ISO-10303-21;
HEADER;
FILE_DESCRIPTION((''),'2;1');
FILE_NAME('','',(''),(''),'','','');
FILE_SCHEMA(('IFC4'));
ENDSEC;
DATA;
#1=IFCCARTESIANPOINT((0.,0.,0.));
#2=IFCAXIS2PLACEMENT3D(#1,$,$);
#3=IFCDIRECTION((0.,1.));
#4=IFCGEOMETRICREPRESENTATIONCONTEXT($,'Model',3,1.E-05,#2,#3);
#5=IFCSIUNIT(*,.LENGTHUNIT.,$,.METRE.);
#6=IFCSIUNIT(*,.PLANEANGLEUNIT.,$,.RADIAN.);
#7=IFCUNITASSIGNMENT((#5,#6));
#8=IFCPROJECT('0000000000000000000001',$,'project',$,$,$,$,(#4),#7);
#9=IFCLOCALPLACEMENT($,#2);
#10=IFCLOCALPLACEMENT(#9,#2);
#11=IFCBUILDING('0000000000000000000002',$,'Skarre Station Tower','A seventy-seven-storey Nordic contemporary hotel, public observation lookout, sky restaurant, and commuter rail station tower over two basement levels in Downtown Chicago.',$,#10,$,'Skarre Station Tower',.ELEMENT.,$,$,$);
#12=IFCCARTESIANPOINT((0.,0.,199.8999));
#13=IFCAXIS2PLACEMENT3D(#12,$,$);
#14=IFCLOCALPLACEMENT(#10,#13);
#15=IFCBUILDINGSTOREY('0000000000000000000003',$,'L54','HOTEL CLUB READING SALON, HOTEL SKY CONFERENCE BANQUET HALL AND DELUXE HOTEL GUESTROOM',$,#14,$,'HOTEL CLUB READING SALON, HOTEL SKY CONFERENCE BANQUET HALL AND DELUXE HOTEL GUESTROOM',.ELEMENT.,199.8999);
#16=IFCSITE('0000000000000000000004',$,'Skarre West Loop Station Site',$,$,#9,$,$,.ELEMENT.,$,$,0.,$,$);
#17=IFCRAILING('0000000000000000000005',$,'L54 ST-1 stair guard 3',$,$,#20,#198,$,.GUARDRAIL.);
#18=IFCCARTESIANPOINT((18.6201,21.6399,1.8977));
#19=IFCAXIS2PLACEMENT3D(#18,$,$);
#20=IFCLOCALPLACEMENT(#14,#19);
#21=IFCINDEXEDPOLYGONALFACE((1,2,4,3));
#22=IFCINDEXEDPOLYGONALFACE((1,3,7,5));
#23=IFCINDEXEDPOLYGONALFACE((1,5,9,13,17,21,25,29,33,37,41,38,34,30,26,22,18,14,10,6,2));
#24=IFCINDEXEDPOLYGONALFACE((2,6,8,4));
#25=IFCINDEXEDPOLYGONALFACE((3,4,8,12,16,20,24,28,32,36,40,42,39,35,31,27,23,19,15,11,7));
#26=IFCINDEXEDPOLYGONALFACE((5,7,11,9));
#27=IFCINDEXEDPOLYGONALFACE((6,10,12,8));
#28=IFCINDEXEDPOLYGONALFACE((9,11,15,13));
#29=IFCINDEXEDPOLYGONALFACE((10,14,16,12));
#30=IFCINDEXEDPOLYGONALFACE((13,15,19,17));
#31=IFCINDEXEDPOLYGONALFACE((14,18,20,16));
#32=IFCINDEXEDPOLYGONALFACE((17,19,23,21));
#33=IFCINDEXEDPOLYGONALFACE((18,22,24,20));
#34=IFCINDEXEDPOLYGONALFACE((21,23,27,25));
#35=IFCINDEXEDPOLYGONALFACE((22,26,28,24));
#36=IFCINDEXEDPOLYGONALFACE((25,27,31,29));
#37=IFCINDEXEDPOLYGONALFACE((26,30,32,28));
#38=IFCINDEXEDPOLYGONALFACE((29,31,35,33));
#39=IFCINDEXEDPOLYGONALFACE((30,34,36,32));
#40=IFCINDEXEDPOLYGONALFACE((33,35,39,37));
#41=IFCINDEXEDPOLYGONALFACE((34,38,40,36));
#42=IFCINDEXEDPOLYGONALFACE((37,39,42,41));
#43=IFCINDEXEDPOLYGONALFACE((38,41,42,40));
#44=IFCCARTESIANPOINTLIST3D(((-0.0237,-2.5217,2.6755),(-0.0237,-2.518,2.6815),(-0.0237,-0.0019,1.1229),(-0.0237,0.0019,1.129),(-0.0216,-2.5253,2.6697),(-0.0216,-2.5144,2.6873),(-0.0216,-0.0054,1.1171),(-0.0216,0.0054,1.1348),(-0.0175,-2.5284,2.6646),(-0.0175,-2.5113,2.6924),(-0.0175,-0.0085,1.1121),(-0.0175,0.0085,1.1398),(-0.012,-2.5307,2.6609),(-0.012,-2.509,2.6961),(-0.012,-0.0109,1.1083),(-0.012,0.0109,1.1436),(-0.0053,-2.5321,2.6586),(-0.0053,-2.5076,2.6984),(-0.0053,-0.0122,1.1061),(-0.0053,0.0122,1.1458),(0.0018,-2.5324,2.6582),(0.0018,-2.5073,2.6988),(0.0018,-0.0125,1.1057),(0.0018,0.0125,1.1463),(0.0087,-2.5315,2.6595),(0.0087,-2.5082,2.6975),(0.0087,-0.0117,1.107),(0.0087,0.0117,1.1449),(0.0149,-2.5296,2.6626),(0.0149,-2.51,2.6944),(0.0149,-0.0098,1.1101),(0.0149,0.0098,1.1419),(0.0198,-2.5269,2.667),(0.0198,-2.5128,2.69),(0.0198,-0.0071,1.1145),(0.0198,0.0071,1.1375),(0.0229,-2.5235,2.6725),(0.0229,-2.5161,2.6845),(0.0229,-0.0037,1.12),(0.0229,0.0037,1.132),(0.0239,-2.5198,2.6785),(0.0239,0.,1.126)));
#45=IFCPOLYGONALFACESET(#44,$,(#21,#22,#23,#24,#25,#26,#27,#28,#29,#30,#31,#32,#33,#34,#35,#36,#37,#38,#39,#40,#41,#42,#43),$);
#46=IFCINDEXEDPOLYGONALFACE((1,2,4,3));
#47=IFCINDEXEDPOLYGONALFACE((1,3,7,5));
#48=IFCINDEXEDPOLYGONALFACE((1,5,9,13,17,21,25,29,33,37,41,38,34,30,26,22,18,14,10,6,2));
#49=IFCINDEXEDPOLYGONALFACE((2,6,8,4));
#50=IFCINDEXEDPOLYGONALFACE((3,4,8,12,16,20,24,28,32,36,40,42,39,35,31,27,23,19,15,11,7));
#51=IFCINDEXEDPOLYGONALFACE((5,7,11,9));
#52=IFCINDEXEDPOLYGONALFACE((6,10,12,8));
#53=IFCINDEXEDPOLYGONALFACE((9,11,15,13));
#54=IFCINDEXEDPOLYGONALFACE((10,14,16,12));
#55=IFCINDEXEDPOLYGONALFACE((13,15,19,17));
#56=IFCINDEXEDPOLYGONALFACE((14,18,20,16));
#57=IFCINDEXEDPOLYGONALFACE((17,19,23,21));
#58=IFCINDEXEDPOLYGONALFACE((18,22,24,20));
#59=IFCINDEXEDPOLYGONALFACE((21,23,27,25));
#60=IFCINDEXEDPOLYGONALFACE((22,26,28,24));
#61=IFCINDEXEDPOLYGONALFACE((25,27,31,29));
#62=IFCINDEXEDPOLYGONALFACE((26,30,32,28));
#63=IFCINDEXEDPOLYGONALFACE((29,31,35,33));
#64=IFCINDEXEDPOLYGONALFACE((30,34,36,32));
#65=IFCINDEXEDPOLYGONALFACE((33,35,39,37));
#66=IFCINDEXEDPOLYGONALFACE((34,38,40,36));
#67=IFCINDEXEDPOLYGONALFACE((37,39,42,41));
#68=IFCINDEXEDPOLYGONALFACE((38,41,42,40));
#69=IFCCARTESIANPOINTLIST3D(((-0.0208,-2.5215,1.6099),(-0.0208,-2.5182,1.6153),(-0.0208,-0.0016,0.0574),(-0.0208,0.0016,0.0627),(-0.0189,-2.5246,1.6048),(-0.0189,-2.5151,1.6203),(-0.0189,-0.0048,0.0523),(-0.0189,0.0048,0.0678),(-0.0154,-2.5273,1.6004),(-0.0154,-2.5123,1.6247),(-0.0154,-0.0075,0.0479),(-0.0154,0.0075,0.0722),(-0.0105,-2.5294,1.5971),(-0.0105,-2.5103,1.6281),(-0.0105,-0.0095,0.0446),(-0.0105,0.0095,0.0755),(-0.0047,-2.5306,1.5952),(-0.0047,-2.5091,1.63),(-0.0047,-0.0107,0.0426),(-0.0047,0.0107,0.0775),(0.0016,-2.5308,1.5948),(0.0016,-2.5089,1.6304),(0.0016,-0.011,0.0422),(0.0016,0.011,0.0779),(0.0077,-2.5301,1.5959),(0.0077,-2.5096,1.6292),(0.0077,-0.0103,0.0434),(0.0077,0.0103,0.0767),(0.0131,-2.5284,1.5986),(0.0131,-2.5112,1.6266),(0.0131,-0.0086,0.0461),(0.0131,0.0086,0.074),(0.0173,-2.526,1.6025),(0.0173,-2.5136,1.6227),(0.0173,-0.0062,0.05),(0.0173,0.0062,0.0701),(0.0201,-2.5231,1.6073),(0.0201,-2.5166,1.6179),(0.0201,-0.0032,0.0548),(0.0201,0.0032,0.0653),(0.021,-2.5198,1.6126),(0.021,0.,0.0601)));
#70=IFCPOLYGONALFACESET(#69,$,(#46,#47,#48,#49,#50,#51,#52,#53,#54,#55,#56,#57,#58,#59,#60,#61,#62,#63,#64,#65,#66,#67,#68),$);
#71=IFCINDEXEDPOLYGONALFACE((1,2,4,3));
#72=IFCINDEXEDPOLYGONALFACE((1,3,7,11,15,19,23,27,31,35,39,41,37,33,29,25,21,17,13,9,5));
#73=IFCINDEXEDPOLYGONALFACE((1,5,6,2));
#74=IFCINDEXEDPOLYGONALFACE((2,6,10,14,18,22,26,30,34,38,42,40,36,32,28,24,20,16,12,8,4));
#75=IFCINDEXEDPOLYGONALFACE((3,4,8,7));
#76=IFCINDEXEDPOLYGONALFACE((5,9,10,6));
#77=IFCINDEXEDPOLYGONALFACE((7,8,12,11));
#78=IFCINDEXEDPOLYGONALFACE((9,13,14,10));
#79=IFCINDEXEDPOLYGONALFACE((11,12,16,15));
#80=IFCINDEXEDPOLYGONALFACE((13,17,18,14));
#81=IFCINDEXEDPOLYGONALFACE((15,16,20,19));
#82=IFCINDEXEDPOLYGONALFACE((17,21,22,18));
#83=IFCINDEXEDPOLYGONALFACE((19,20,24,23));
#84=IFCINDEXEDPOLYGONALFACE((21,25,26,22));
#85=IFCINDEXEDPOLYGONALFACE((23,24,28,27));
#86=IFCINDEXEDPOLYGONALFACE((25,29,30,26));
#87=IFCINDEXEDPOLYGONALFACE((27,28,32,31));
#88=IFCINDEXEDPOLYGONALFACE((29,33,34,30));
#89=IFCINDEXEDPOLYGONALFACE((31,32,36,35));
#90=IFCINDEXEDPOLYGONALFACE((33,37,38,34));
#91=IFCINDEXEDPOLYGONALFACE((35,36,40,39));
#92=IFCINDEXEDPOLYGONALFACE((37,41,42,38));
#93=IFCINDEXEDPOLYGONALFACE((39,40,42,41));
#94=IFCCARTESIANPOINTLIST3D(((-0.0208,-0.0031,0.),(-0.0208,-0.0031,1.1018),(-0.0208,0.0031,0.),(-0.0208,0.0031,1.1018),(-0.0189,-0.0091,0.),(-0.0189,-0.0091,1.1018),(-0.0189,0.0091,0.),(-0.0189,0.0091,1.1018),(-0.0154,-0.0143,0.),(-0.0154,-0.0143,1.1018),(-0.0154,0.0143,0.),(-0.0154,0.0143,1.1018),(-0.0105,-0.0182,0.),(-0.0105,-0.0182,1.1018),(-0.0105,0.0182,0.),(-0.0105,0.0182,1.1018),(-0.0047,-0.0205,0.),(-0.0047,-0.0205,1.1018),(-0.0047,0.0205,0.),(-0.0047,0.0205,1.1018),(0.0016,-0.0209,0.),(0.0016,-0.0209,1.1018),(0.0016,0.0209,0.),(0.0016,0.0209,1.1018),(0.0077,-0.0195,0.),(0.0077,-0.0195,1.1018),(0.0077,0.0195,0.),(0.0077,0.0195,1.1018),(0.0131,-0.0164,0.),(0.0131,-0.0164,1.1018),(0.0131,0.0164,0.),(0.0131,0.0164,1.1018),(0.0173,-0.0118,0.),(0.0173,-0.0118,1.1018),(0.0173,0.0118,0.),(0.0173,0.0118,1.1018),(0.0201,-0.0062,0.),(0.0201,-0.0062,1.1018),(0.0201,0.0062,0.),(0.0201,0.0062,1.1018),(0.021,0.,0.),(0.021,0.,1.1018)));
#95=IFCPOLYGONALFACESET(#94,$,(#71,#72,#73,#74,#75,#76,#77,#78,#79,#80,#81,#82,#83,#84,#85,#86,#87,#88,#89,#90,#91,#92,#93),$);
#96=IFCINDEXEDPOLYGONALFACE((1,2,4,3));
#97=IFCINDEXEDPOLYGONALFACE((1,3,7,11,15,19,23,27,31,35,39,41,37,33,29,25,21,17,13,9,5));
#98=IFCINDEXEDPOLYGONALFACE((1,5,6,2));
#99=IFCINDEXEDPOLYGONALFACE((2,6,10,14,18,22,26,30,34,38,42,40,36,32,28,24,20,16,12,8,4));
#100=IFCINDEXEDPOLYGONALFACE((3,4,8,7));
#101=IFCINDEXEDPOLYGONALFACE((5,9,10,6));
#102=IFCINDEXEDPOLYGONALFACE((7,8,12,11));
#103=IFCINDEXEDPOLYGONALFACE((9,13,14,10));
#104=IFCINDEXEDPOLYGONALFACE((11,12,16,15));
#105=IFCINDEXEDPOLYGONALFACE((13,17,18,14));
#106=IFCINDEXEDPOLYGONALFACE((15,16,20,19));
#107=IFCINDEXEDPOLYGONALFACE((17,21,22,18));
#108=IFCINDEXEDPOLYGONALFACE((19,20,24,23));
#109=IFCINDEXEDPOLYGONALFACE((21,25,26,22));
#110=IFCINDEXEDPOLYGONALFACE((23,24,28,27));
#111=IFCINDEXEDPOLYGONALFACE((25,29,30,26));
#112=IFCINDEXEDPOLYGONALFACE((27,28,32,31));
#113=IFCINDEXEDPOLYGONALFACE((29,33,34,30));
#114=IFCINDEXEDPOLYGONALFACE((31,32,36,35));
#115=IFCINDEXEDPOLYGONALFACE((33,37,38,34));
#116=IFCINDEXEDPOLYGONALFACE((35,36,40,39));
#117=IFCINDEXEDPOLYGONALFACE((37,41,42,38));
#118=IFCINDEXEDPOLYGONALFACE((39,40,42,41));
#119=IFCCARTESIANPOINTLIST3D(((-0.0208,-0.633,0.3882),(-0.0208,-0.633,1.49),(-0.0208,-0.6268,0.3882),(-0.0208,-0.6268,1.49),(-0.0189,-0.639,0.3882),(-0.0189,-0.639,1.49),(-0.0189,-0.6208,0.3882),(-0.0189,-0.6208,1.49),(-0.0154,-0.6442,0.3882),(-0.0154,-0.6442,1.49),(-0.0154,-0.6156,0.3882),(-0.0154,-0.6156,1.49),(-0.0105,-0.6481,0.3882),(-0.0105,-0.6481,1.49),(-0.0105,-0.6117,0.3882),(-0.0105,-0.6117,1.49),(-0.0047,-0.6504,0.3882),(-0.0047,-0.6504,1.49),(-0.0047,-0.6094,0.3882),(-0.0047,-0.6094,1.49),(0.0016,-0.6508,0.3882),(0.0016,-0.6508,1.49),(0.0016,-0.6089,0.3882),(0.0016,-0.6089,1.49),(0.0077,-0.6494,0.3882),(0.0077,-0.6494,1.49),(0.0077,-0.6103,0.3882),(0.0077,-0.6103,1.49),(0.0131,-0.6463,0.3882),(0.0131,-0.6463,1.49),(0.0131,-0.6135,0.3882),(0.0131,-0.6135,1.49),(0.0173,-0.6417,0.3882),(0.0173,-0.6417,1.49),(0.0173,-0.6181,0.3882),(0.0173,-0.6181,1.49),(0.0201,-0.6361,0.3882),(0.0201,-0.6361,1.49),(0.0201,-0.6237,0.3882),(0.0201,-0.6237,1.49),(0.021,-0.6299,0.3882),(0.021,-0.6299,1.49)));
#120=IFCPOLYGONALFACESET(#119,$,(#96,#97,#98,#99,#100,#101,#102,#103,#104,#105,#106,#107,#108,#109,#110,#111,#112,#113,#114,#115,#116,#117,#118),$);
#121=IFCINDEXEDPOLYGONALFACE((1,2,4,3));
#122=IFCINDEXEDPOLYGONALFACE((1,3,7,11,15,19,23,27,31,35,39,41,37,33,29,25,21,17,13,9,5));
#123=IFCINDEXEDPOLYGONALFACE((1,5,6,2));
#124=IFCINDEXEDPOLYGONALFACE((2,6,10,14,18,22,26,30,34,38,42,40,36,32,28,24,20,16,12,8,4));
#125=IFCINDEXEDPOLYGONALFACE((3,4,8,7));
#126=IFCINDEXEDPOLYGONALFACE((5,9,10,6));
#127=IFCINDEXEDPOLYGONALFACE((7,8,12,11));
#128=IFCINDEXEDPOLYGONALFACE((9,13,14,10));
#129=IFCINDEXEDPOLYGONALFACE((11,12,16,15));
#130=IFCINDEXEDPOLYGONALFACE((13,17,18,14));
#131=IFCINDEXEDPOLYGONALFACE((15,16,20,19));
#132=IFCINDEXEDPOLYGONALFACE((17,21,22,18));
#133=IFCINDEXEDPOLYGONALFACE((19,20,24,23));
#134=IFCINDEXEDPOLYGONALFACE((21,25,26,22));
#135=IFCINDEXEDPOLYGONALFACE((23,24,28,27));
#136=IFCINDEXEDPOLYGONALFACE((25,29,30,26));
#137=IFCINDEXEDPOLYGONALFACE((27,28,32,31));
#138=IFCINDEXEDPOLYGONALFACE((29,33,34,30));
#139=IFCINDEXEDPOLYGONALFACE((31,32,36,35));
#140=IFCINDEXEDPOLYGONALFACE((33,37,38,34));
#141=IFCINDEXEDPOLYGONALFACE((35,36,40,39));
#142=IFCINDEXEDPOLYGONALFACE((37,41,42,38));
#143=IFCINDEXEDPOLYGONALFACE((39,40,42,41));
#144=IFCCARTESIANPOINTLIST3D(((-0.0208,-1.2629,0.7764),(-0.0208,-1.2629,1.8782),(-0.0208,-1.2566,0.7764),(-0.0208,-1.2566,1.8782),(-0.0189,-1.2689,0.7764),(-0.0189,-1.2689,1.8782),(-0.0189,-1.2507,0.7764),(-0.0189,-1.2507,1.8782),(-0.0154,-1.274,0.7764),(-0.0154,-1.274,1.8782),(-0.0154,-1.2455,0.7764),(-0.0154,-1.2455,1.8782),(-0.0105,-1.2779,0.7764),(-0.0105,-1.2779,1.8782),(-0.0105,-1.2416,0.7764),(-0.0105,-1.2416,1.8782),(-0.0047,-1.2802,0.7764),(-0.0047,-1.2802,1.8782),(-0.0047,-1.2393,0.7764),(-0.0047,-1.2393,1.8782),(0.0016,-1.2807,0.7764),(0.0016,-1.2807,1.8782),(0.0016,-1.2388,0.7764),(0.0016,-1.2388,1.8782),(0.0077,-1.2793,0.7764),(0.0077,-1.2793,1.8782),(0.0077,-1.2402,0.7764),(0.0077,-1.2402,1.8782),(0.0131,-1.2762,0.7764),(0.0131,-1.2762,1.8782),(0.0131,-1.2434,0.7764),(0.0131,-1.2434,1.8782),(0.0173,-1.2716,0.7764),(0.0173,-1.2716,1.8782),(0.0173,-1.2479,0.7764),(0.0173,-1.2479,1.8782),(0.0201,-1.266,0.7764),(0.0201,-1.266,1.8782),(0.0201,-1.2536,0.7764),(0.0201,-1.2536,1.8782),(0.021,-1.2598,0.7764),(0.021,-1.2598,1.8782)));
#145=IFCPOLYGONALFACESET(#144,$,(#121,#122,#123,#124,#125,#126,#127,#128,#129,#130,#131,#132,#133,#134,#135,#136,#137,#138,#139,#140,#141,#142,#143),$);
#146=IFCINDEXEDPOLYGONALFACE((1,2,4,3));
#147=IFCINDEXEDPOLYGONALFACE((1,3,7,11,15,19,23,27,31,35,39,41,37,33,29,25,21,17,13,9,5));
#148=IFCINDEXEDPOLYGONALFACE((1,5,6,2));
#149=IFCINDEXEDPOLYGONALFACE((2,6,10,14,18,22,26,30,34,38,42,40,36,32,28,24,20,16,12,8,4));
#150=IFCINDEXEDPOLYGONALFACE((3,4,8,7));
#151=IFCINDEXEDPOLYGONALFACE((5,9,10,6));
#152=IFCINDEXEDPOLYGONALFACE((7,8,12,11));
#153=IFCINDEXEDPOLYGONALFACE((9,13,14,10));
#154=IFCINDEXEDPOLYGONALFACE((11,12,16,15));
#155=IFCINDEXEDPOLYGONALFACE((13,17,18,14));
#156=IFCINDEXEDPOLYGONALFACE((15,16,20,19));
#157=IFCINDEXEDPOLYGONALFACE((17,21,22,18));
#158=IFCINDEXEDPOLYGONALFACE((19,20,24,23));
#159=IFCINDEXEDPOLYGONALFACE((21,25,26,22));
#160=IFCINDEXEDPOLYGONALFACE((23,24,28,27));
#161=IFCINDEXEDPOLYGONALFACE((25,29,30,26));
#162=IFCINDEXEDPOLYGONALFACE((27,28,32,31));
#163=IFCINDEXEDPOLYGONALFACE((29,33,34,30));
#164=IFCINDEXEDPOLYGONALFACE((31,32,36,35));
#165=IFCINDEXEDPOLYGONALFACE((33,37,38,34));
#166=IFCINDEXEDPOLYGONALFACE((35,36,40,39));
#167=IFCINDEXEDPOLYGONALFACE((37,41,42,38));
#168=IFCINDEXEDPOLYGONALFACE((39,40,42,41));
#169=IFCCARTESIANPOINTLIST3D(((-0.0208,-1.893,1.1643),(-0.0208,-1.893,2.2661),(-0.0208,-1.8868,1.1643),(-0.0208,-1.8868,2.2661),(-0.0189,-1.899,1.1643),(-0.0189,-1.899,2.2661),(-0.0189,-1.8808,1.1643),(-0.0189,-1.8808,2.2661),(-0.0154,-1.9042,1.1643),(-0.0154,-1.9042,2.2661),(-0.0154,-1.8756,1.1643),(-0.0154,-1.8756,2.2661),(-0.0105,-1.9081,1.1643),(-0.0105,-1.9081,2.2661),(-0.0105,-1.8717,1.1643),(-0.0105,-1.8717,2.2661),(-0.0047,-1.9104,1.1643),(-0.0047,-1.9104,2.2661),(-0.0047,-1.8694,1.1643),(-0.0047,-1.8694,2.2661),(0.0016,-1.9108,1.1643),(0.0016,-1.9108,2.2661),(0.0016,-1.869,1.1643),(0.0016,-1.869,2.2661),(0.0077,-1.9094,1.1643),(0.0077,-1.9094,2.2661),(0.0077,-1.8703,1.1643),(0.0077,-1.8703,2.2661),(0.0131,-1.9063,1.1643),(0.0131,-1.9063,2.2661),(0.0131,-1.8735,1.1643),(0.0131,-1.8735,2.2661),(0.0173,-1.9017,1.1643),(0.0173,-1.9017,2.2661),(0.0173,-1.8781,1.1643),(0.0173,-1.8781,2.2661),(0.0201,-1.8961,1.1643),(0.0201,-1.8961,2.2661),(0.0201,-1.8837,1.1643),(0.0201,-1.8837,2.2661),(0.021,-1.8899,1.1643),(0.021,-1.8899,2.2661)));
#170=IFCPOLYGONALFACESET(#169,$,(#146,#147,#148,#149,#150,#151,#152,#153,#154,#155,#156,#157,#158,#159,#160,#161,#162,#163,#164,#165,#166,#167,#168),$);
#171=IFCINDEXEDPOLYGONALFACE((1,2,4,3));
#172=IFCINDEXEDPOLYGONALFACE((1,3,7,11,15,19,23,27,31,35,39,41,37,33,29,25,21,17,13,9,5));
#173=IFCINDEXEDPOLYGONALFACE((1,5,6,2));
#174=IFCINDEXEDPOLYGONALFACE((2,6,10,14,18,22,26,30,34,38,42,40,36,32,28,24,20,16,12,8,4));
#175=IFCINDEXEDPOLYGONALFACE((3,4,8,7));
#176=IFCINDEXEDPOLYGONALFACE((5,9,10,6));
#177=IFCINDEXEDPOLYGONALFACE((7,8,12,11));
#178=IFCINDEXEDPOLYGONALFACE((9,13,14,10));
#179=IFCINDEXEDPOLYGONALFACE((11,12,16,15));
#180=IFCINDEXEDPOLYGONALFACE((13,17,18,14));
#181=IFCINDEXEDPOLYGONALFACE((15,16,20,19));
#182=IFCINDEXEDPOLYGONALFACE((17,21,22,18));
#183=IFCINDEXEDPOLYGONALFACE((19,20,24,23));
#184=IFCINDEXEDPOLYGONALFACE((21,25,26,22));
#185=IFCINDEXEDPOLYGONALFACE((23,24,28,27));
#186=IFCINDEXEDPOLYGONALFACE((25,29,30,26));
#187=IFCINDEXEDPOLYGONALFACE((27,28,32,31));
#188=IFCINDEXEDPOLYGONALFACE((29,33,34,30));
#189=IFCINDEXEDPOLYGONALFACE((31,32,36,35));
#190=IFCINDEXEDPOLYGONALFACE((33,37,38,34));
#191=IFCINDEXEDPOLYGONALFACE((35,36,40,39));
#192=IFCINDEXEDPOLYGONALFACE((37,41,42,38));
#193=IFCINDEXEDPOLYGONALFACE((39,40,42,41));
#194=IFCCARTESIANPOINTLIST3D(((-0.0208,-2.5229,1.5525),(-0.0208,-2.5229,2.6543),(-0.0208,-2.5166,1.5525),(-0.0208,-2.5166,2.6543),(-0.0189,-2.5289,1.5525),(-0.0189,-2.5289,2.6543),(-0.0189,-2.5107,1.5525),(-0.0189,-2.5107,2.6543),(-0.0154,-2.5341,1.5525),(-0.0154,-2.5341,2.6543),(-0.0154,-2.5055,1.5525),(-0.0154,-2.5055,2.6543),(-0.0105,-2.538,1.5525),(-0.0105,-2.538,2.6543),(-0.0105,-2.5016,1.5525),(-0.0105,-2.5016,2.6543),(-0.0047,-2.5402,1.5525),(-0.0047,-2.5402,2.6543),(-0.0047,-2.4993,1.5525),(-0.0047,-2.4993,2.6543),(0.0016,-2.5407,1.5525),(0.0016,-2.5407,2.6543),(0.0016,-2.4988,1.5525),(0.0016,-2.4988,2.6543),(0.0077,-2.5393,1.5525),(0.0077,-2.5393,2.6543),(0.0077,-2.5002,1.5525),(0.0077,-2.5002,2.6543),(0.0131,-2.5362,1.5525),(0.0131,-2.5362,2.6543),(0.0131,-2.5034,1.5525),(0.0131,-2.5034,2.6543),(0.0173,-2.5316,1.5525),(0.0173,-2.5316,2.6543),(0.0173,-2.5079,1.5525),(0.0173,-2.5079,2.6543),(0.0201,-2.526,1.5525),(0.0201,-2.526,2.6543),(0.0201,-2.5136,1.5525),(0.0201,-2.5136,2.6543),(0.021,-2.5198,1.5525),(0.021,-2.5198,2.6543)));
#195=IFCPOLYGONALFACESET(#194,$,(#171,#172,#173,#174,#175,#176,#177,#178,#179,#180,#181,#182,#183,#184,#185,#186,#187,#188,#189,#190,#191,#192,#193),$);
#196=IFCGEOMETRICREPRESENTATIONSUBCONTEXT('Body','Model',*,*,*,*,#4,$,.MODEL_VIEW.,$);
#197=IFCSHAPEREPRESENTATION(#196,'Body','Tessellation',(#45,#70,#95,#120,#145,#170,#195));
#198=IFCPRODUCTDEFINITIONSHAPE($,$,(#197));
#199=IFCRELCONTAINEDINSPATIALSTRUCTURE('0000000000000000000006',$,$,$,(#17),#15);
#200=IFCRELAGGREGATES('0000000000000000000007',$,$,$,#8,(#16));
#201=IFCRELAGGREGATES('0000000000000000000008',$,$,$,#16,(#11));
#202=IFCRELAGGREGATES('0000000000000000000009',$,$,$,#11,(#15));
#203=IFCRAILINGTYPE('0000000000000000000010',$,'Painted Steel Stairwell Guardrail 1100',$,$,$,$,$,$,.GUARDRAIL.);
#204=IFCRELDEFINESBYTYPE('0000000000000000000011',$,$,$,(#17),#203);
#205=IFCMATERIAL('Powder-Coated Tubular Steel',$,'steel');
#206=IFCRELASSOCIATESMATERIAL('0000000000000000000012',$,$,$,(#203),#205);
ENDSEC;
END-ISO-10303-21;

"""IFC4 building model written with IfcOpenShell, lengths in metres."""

from ifc_helpers import new_model, si_unit, direction, frame, origin, origin_2d, place, context, subcontext, project, spatial, circle, extrude, material, type_object, element, save


model = new_model("IFC4")

# Units and contexts
model_context = context("Model", 3, precision=1e-05, world=origin(), true_north=direction((0.0, 1.0)))
body_context = subcontext(model_context, "Body", "Model", "MODEL_VIEW")
ifc_project = project(units=[si_unit("LENGTHUNIT", "METRE"), si_unit("PLANEANGLEUNIT", "RADIAN")], contexts=[model_context])

# Site, building, storey
site_placement = place(None, origin())
site = spatial("IfcSite", under=ifc_project, at=site_placement, Name="Skarre West Loop Station Site", CompositionType="ELEMENT", RefElevation=0.0)
building_placement = place(site_placement, origin())
building = spatial("IfcBuilding", under=site, at=building_placement, Name="Skarre Station Tower", Description="A seventy-seven-storey Nordic contemporary hotel, public observation lookout, sky restaurant, and commuter rail station tower over two basement levels in Downtown Chicago.", LongName="Skarre Station Tower", CompositionType="ELEMENT")
storey_placement = place(building_placement, frame((0.0, 0.0, 199.8999)))
storey = spatial("IfcBuildingStorey", under=building, at=storey_placement, Name="L54", Description="HOTEL CLUB READING SALON, HOTEL SKY CONFERENCE BANQUET HALL AND DELUXE HOTEL GUESTROOM", LongName="HOTEL CLUB READING SALON, HOTEL SKY CONFERENCE BANQUET HALL AND DELUXE HOTEL GUESTROOM", CompositionType="ELEMENT", Elevation=199.8999)

# Railing
ifc_material_1 = material(Name="Powder-Coated Tubular Steel", Category="steel")
railing_type = type_object("IfcRailingType", Name="Painted Steel Stairwell Guardrail 1100", PredefinedType="GUARDRAIL", material=ifc_material_1)
railing_1_placement = place(storey_placement, frame((18.6201, 21.6399, 1.8977)))
element("IfcRailing", 1, at=railing_1_placement, inside=storey, type_object=railing_type, Name="L54 ST-1 stair guard 3", PredefinedType="GUARDRAIL", context=body_context, shape_type="SweptSolid", body=[
    extrude(circle(Radius=0.0239, at=origin_2d()), frame((0.0, 0.0, 1.126), z_axis=(0.0, -0.851378, 0.524553), x_axis=(1.0, 0.0, 0.0)), (0.0, 0.0, 1.0), 2.9597),
    extrude(circle(Radius=0.021, at=origin_2d()), frame((0.0, 0.0, 0.0601), z_axis=(0.0, -0.851378, 0.524553), x_axis=(1.0, 0.0, 0.0)), (0.0, 0.0, 1.0), 2.9597),
    extrude(circle(Radius=0.021, at=origin_2d()), origin(), (0.0, 0.0, 1.0), 1.1018),
    extrude(circle(Radius=0.021, at=origin_2d()), frame((0.0, -0.6299, 0.3882)), (0.0, 0.0, 1.0), 1.1018),
    extrude(circle(Radius=0.021, at=origin_2d()), frame((0.0, -1.2598, 0.7764)), (0.0, 0.0, 1.0), 1.1018),
    extrude(circle(Radius=0.021, at=origin_2d()), frame((0.0, -1.8899, 1.1643)), (0.0, 0.0, 1.0), 1.1018),
    extrude(circle(Radius=0.021, at=origin_2d()), frame((0.0, -2.5198, 1.5525)), (0.0, 0.0, 1.0), 1.1018),
])

save(model, "model.ifc")
